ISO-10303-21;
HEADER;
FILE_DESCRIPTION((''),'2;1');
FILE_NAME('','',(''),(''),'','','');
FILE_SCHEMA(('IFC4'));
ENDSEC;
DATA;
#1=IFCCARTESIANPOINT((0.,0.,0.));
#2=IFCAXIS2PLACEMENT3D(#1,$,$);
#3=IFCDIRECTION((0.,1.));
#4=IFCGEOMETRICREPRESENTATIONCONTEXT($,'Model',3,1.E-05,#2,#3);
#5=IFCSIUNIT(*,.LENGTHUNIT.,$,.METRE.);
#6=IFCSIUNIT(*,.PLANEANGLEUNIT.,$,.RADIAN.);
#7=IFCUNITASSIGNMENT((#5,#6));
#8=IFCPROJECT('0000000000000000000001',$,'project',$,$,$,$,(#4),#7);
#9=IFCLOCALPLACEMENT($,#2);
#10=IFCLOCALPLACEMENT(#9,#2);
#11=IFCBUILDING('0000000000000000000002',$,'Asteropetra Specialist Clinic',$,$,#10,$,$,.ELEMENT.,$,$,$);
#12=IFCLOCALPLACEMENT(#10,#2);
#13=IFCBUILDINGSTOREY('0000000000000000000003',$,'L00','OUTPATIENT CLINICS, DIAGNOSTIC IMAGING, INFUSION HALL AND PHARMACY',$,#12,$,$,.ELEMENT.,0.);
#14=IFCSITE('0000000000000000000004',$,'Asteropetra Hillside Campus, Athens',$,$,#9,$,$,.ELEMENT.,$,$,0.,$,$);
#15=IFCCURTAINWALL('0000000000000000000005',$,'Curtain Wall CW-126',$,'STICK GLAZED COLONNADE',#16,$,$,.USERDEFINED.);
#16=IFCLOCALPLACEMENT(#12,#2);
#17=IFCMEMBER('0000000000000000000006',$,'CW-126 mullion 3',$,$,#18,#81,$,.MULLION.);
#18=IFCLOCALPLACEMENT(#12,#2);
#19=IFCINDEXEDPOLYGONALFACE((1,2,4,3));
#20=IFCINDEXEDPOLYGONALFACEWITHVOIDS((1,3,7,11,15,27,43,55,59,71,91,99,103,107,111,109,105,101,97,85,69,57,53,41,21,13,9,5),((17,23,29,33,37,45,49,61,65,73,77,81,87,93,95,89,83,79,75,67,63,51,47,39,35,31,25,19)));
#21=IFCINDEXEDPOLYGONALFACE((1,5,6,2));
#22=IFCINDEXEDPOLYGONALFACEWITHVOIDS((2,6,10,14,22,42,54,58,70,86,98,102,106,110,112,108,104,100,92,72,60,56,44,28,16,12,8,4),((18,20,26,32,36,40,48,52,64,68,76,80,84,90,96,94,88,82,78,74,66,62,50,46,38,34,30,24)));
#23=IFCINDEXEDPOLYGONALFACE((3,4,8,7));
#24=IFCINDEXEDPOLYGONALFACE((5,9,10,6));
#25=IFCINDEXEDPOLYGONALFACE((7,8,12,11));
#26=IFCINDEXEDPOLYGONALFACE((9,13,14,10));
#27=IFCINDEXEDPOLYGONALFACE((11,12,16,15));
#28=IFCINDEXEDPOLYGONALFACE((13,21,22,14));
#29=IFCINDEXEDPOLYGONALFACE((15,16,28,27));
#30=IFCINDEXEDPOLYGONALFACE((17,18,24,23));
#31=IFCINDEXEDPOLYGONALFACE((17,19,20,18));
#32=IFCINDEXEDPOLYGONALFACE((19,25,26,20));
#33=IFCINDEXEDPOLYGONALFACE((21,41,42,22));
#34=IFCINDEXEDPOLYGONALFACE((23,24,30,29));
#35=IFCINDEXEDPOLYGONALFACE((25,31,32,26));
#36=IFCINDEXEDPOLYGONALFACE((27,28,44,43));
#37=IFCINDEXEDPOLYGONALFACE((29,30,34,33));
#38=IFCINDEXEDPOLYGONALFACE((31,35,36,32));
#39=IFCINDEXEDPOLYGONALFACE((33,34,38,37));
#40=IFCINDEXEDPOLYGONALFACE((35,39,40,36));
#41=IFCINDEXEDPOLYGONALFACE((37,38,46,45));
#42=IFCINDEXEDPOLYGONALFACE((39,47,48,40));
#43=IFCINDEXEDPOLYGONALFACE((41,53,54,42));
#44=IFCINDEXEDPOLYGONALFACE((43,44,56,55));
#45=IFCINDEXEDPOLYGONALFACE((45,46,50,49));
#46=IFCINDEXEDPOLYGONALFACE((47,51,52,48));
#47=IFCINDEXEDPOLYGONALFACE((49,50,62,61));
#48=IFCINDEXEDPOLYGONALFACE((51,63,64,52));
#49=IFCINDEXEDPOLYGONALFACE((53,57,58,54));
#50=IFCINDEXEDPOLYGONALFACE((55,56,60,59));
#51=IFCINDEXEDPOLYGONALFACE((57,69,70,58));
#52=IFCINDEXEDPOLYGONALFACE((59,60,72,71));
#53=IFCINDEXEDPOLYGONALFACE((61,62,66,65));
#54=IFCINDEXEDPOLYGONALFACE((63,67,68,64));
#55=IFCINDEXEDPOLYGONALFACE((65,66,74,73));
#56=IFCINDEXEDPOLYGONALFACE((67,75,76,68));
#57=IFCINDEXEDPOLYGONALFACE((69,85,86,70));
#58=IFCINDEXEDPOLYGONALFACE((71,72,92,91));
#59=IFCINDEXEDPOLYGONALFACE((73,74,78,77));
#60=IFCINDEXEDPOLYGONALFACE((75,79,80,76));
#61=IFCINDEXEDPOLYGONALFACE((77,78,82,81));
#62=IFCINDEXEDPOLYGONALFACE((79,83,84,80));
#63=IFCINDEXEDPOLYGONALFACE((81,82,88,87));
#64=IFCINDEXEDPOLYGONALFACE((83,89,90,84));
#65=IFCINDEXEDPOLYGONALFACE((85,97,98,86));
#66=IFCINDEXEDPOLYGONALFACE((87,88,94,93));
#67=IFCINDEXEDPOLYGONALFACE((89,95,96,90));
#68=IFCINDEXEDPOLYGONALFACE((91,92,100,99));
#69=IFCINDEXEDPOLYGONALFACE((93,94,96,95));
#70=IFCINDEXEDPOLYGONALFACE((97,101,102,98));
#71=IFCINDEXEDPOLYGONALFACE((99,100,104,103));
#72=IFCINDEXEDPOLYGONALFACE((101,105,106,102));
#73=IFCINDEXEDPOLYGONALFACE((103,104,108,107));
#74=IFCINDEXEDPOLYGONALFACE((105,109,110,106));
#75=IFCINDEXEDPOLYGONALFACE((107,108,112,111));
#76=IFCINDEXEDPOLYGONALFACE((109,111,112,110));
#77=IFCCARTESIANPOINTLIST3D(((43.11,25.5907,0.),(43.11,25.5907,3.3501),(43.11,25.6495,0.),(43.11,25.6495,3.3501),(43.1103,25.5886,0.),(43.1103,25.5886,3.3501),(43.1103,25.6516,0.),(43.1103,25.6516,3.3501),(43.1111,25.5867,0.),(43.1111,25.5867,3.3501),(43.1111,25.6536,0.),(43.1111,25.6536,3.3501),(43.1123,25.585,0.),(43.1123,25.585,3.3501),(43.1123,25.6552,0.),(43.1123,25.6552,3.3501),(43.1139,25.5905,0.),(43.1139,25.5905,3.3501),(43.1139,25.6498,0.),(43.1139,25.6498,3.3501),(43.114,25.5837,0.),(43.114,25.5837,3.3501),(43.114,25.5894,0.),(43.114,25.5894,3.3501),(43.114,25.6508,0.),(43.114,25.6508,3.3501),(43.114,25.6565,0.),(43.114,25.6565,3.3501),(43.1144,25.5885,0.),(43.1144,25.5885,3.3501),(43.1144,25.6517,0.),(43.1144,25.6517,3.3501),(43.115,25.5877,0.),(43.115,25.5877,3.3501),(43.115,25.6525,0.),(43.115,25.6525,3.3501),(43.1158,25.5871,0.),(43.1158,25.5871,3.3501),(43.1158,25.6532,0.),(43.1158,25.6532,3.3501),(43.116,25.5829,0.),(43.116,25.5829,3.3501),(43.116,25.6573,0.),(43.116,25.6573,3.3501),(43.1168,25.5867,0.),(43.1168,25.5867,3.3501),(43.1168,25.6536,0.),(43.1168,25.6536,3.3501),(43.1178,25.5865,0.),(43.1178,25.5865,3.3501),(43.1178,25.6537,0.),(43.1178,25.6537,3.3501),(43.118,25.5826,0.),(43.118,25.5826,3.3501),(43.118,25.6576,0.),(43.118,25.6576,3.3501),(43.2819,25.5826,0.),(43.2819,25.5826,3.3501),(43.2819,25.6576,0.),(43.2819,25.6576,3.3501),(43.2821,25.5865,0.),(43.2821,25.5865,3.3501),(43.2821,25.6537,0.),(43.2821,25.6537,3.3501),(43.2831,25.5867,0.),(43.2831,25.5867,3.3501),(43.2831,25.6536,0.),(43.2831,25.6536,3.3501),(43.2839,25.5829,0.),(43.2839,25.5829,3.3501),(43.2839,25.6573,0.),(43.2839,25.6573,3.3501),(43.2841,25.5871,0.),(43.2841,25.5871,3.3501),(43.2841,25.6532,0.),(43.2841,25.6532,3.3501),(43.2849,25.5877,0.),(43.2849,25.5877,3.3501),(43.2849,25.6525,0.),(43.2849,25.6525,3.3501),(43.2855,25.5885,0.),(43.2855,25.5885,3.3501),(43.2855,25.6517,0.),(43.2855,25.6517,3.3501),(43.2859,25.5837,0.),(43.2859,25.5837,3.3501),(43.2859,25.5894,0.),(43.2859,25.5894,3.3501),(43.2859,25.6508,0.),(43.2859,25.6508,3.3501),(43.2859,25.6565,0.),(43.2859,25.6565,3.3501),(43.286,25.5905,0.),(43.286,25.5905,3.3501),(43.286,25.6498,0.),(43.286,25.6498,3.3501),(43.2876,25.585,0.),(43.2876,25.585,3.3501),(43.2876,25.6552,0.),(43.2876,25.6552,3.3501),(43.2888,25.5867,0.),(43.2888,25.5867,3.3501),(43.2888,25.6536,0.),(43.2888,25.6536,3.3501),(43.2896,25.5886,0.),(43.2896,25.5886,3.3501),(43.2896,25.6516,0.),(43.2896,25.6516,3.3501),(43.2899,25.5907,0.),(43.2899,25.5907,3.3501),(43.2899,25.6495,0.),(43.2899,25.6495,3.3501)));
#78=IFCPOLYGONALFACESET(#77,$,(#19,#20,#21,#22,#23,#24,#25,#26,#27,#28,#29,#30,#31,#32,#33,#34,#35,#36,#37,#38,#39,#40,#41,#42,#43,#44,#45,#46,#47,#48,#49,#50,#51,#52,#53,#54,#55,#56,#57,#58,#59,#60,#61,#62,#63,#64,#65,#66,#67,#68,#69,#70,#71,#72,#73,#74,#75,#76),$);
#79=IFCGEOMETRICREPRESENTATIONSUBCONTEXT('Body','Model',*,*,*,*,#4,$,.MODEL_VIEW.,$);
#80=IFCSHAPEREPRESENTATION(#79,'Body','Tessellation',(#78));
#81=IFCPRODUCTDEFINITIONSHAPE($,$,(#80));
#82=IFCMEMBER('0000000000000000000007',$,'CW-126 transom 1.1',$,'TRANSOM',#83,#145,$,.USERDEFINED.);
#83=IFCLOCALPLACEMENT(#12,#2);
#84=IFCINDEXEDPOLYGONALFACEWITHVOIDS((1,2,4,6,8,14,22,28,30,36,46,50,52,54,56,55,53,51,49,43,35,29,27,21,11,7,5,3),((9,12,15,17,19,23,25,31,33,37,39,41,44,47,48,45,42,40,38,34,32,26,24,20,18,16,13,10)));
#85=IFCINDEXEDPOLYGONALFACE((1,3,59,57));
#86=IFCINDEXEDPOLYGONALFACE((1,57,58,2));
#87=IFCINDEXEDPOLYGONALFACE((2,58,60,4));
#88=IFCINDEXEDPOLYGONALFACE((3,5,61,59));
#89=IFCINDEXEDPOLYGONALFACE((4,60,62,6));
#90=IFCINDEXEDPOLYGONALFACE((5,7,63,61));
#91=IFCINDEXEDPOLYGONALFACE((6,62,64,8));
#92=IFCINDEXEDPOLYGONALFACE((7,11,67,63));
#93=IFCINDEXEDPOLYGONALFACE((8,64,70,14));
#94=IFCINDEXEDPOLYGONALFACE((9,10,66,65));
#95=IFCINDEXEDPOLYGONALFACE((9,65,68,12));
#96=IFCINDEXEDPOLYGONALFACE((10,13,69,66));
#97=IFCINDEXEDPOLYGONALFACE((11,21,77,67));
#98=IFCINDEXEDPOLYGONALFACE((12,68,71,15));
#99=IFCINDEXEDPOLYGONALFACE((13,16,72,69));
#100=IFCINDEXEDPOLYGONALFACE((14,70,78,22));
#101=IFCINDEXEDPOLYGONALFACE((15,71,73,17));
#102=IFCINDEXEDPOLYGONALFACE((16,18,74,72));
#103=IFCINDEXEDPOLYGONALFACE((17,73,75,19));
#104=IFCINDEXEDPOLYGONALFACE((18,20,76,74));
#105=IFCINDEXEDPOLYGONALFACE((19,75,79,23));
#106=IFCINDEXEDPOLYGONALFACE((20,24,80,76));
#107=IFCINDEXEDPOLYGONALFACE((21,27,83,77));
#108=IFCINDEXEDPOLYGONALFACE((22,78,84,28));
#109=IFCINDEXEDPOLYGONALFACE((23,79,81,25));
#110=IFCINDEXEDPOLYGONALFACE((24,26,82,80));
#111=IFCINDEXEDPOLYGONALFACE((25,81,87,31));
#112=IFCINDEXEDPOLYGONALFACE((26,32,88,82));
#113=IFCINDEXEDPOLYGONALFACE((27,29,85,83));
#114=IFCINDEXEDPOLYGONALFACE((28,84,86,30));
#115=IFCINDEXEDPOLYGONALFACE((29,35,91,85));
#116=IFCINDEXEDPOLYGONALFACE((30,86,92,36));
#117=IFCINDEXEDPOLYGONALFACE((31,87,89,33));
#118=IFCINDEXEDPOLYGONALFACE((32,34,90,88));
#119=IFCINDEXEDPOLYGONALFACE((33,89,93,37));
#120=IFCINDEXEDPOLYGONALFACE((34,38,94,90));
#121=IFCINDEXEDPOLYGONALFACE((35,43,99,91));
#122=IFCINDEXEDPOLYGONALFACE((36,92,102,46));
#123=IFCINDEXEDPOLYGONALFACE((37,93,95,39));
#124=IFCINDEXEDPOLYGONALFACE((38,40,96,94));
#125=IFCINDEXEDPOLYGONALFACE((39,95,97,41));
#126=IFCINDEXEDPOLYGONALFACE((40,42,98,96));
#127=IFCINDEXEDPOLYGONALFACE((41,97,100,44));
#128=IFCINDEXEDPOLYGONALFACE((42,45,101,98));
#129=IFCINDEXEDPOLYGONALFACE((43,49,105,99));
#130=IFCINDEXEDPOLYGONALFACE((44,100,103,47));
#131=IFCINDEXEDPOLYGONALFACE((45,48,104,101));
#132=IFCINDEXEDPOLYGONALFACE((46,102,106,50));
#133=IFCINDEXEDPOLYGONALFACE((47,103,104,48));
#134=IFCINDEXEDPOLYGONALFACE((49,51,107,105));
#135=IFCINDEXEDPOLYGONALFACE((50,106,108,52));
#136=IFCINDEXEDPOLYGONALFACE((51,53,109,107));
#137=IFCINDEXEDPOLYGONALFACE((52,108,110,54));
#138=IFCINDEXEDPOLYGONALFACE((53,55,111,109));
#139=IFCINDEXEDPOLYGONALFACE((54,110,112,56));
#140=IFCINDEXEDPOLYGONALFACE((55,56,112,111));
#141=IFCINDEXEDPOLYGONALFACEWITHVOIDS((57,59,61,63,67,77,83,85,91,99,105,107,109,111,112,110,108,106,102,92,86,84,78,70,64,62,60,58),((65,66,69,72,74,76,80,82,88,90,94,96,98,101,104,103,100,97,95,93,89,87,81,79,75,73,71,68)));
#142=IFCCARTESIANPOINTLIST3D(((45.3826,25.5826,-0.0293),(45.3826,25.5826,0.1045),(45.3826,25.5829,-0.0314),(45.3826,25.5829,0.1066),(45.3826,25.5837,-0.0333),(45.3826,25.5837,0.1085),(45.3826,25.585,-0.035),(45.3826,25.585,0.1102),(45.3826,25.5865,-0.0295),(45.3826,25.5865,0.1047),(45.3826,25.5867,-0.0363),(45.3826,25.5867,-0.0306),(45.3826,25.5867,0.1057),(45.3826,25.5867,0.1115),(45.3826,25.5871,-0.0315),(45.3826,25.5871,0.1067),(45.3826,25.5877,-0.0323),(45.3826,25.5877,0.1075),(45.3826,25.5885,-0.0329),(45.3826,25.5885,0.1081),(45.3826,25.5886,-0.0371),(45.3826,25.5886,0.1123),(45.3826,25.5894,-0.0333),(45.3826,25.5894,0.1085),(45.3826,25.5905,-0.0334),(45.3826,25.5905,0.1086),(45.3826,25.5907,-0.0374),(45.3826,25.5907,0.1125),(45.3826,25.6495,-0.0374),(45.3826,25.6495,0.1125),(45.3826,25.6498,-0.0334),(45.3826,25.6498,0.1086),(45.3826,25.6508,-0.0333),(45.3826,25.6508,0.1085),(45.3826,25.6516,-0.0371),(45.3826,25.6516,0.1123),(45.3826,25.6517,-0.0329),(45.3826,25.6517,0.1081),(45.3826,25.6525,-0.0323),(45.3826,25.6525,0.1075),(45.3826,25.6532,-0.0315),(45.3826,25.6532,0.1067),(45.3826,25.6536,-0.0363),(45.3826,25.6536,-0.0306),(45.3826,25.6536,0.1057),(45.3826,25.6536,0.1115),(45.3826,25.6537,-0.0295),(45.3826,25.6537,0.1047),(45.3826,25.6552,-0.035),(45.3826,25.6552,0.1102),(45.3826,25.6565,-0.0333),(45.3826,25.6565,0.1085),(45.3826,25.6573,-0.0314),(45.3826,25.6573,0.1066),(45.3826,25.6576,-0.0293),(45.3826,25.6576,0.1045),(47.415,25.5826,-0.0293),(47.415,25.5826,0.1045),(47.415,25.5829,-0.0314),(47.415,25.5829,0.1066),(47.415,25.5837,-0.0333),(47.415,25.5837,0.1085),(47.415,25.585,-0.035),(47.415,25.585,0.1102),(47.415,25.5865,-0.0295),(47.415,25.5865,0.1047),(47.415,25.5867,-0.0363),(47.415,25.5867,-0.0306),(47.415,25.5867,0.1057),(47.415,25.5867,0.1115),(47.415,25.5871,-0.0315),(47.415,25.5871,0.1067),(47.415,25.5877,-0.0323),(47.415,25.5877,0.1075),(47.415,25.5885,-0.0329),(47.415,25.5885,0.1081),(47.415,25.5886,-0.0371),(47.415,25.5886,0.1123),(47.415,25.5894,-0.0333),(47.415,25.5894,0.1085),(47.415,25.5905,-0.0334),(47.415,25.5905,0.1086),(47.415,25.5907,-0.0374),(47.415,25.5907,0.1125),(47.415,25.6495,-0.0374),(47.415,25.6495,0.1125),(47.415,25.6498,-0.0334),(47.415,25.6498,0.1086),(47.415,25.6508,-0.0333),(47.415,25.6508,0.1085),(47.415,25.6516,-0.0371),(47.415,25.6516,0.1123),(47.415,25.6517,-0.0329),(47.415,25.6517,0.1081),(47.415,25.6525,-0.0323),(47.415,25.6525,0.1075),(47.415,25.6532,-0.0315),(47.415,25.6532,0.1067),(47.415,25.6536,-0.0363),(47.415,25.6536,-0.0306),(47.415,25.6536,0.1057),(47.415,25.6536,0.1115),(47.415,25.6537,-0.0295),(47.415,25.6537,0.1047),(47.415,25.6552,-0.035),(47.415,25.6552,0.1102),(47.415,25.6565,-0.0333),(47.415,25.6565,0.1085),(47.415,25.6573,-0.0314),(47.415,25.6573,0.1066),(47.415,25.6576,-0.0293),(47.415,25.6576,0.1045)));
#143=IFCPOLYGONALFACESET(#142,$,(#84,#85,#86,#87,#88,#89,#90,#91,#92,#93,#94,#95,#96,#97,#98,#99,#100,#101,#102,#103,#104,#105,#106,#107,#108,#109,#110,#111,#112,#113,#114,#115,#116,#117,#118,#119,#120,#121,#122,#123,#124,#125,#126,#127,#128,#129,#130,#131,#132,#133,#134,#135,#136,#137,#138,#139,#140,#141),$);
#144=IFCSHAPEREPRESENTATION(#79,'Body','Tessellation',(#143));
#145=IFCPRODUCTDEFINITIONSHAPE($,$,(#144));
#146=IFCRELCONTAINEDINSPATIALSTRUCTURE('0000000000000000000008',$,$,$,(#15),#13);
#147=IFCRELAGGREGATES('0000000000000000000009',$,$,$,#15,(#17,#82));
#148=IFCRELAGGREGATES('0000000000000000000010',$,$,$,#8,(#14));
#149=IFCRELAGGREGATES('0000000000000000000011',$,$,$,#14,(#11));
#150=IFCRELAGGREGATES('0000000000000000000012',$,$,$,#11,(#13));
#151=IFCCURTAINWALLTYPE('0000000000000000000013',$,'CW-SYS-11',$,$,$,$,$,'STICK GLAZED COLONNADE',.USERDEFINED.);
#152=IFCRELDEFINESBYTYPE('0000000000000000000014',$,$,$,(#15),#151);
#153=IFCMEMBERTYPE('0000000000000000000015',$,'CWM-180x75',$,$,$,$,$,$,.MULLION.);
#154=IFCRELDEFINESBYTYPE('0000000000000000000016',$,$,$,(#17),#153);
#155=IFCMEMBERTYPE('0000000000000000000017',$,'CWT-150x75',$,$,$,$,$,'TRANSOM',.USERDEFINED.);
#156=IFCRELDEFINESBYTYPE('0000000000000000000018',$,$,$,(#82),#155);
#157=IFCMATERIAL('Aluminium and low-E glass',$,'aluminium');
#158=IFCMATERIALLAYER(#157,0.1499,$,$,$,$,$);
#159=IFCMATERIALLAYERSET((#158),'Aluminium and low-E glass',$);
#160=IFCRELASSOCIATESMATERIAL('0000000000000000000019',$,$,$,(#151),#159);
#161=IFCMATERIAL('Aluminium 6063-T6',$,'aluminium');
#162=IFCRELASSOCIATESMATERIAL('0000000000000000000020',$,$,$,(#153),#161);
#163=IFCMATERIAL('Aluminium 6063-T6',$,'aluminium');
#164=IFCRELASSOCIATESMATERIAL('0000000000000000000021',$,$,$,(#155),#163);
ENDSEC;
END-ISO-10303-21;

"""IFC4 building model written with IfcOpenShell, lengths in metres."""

from ifc_helpers import new_model, si_unit, direction, frame, origin, origin_2d, place, context, subcontext, project, spatial, hollow_rectangle, extrude, material, layer, layer_set, material_profile, profile_set, type_object, element, aggregate, save


model = new_model("IFC4")

# Units and contexts
model_context = context("Model", 3, precision=1e-05, world=origin(), true_north=direction((0.0, 1.0)))
body_context = subcontext(model_context, "Body", "Model", "MODEL_VIEW")
ifc_project = project(units=[si_unit("LENGTHUNIT", "METRE"), si_unit("PLANEANGLEUNIT", "RADIAN")], contexts=[model_context])

# Site, building, storey
site_placement = place(None, origin())
site = spatial("IfcSite", under=ifc_project, at=site_placement, Name="Asteropetra Hillside Campus, Athens", CompositionType="ELEMENT", RefElevation=0.0)
building_placement = place(site_placement, origin())
building = spatial("IfcBuilding", under=site, at=building_placement, Name="Asteropetra Specialist Clinic", CompositionType="ELEMENT")
storey_placement = place(building_placement, origin())
storey = spatial("IfcBuildingStorey", under=building, at=storey_placement, Name="L00", Description="OUTPATIENT CLINICS, DIAGNOSTIC IMAGING, INFUSION HALL AND PHARMACY", CompositionType="ELEMENT", Elevation=0.0)

# Curtain wall, members
ifc_material_1 = material(Name="Aluminium and low-E glass", Category="aluminium")
ifc_layer_1 = layer(ifc_material_1, 0.1499)
ifc_layer_set_1 = layer_set([ifc_layer_1], Name="Aluminium and low-E glass")
curtain_wall_type = type_object("IfcCurtainWallType", Name="CW-SYS-11", ElementType="STICK GLAZED COLONNADE", PredefinedType="USERDEFINED", material=ifc_layer_set_1)
curtain_wall_placement = place(storey_placement, origin())
curtain_wall = element("IfcCurtainWall", 1, at=curtain_wall_placement, inside=storey, type_object=curtain_wall_type, Name="Curtain Wall CW-126", ObjectType="STICK GLAZED COLONNADE", PredefinedType="USERDEFINED")
ifc_material_2 = material(Name="Aluminium 6063-T6", Category="aluminium")
ifc_material_profile_1 = material_profile(ifc_material_2, hollow_rectangle(XDim=0.075, YDim=0.1799, WallThickness=0.0039, InnerFilletRadius=0.0039, OuterFilletRadius=0.0081, at=origin_2d()), Name="MUL 180x75x4.0")
ifc_profile_set_1 = profile_set([ifc_material_profile_1], Name="Aluminium 6063-T6")
member_type_1 = type_object("IfcMemberType", Name="CWM-180x75", PredefinedType="MULLION", material=ifc_profile_set_1)
member_1_placement = place(storey_placement, frame((43.2, 25.6201, 0.0), z_axis=(0.0, 0.0, 1.0), x_axis=(0.0, -1.0, 0.0)))
member_1 = element("IfcMember", 2, at=member_1_placement, type_object=member_type_1, Name="CW-126 mullion 3", PredefinedType="MULLION", context=body_context, shape_type="SweptSolid", body=[
    extrude(hollow_rectangle(XDim=0.075, YDim=0.1799, WallThickness=0.0039, InnerFilletRadius=0.0039, OuterFilletRadius=0.0081, at=origin_2d()), origin(), (0.0, 0.0, 1.0), 3.3501),
])
ifc_material_3 = material(Name="Aluminium 6063-T6", Category="aluminium")
ifc_material_profile_2 = material_profile(ifc_material_3, hollow_rectangle(XDim=0.075, YDim=0.1499, WallThickness=0.0039, InnerFilletRadius=0.0039, OuterFilletRadius=0.0081, at=origin_2d()), Name="TRN 150x75x4.0")
ifc_profile_set_2 = profile_set([ifc_material_profile_2], Name="Aluminium 6063-T6")
member_type_2 = type_object("IfcMemberType", Name="CWT-150x75", ElementType="TRANSOM", PredefinedType="USERDEFINED", material=ifc_profile_set_2)
member_2_placement = place(storey_placement, frame((47.415, 25.6201, 0.0376), z_axis=(-1.0, 0.0, 0.0), x_axis=(0.0, -1.0, 0.0)))
member_2 = element("IfcMember", 3, at=member_2_placement, type_object=member_type_2, Name="CW-126 transom 1.1", ObjectType="TRANSOM", PredefinedType="USERDEFINED", context=body_context, shape_type="SweptSolid", body=[
    extrude(hollow_rectangle(XDim=0.075, YDim=0.1499, WallThickness=0.0039, InnerFilletRadius=0.0039, OuterFilletRadius=0.0081, at=origin_2d()), origin(), (0.0, 0.0, 1.0), 2.0325),
])
aggregate(curtain_wall, [member_1, member_2])

save(model, "model.ifc")
